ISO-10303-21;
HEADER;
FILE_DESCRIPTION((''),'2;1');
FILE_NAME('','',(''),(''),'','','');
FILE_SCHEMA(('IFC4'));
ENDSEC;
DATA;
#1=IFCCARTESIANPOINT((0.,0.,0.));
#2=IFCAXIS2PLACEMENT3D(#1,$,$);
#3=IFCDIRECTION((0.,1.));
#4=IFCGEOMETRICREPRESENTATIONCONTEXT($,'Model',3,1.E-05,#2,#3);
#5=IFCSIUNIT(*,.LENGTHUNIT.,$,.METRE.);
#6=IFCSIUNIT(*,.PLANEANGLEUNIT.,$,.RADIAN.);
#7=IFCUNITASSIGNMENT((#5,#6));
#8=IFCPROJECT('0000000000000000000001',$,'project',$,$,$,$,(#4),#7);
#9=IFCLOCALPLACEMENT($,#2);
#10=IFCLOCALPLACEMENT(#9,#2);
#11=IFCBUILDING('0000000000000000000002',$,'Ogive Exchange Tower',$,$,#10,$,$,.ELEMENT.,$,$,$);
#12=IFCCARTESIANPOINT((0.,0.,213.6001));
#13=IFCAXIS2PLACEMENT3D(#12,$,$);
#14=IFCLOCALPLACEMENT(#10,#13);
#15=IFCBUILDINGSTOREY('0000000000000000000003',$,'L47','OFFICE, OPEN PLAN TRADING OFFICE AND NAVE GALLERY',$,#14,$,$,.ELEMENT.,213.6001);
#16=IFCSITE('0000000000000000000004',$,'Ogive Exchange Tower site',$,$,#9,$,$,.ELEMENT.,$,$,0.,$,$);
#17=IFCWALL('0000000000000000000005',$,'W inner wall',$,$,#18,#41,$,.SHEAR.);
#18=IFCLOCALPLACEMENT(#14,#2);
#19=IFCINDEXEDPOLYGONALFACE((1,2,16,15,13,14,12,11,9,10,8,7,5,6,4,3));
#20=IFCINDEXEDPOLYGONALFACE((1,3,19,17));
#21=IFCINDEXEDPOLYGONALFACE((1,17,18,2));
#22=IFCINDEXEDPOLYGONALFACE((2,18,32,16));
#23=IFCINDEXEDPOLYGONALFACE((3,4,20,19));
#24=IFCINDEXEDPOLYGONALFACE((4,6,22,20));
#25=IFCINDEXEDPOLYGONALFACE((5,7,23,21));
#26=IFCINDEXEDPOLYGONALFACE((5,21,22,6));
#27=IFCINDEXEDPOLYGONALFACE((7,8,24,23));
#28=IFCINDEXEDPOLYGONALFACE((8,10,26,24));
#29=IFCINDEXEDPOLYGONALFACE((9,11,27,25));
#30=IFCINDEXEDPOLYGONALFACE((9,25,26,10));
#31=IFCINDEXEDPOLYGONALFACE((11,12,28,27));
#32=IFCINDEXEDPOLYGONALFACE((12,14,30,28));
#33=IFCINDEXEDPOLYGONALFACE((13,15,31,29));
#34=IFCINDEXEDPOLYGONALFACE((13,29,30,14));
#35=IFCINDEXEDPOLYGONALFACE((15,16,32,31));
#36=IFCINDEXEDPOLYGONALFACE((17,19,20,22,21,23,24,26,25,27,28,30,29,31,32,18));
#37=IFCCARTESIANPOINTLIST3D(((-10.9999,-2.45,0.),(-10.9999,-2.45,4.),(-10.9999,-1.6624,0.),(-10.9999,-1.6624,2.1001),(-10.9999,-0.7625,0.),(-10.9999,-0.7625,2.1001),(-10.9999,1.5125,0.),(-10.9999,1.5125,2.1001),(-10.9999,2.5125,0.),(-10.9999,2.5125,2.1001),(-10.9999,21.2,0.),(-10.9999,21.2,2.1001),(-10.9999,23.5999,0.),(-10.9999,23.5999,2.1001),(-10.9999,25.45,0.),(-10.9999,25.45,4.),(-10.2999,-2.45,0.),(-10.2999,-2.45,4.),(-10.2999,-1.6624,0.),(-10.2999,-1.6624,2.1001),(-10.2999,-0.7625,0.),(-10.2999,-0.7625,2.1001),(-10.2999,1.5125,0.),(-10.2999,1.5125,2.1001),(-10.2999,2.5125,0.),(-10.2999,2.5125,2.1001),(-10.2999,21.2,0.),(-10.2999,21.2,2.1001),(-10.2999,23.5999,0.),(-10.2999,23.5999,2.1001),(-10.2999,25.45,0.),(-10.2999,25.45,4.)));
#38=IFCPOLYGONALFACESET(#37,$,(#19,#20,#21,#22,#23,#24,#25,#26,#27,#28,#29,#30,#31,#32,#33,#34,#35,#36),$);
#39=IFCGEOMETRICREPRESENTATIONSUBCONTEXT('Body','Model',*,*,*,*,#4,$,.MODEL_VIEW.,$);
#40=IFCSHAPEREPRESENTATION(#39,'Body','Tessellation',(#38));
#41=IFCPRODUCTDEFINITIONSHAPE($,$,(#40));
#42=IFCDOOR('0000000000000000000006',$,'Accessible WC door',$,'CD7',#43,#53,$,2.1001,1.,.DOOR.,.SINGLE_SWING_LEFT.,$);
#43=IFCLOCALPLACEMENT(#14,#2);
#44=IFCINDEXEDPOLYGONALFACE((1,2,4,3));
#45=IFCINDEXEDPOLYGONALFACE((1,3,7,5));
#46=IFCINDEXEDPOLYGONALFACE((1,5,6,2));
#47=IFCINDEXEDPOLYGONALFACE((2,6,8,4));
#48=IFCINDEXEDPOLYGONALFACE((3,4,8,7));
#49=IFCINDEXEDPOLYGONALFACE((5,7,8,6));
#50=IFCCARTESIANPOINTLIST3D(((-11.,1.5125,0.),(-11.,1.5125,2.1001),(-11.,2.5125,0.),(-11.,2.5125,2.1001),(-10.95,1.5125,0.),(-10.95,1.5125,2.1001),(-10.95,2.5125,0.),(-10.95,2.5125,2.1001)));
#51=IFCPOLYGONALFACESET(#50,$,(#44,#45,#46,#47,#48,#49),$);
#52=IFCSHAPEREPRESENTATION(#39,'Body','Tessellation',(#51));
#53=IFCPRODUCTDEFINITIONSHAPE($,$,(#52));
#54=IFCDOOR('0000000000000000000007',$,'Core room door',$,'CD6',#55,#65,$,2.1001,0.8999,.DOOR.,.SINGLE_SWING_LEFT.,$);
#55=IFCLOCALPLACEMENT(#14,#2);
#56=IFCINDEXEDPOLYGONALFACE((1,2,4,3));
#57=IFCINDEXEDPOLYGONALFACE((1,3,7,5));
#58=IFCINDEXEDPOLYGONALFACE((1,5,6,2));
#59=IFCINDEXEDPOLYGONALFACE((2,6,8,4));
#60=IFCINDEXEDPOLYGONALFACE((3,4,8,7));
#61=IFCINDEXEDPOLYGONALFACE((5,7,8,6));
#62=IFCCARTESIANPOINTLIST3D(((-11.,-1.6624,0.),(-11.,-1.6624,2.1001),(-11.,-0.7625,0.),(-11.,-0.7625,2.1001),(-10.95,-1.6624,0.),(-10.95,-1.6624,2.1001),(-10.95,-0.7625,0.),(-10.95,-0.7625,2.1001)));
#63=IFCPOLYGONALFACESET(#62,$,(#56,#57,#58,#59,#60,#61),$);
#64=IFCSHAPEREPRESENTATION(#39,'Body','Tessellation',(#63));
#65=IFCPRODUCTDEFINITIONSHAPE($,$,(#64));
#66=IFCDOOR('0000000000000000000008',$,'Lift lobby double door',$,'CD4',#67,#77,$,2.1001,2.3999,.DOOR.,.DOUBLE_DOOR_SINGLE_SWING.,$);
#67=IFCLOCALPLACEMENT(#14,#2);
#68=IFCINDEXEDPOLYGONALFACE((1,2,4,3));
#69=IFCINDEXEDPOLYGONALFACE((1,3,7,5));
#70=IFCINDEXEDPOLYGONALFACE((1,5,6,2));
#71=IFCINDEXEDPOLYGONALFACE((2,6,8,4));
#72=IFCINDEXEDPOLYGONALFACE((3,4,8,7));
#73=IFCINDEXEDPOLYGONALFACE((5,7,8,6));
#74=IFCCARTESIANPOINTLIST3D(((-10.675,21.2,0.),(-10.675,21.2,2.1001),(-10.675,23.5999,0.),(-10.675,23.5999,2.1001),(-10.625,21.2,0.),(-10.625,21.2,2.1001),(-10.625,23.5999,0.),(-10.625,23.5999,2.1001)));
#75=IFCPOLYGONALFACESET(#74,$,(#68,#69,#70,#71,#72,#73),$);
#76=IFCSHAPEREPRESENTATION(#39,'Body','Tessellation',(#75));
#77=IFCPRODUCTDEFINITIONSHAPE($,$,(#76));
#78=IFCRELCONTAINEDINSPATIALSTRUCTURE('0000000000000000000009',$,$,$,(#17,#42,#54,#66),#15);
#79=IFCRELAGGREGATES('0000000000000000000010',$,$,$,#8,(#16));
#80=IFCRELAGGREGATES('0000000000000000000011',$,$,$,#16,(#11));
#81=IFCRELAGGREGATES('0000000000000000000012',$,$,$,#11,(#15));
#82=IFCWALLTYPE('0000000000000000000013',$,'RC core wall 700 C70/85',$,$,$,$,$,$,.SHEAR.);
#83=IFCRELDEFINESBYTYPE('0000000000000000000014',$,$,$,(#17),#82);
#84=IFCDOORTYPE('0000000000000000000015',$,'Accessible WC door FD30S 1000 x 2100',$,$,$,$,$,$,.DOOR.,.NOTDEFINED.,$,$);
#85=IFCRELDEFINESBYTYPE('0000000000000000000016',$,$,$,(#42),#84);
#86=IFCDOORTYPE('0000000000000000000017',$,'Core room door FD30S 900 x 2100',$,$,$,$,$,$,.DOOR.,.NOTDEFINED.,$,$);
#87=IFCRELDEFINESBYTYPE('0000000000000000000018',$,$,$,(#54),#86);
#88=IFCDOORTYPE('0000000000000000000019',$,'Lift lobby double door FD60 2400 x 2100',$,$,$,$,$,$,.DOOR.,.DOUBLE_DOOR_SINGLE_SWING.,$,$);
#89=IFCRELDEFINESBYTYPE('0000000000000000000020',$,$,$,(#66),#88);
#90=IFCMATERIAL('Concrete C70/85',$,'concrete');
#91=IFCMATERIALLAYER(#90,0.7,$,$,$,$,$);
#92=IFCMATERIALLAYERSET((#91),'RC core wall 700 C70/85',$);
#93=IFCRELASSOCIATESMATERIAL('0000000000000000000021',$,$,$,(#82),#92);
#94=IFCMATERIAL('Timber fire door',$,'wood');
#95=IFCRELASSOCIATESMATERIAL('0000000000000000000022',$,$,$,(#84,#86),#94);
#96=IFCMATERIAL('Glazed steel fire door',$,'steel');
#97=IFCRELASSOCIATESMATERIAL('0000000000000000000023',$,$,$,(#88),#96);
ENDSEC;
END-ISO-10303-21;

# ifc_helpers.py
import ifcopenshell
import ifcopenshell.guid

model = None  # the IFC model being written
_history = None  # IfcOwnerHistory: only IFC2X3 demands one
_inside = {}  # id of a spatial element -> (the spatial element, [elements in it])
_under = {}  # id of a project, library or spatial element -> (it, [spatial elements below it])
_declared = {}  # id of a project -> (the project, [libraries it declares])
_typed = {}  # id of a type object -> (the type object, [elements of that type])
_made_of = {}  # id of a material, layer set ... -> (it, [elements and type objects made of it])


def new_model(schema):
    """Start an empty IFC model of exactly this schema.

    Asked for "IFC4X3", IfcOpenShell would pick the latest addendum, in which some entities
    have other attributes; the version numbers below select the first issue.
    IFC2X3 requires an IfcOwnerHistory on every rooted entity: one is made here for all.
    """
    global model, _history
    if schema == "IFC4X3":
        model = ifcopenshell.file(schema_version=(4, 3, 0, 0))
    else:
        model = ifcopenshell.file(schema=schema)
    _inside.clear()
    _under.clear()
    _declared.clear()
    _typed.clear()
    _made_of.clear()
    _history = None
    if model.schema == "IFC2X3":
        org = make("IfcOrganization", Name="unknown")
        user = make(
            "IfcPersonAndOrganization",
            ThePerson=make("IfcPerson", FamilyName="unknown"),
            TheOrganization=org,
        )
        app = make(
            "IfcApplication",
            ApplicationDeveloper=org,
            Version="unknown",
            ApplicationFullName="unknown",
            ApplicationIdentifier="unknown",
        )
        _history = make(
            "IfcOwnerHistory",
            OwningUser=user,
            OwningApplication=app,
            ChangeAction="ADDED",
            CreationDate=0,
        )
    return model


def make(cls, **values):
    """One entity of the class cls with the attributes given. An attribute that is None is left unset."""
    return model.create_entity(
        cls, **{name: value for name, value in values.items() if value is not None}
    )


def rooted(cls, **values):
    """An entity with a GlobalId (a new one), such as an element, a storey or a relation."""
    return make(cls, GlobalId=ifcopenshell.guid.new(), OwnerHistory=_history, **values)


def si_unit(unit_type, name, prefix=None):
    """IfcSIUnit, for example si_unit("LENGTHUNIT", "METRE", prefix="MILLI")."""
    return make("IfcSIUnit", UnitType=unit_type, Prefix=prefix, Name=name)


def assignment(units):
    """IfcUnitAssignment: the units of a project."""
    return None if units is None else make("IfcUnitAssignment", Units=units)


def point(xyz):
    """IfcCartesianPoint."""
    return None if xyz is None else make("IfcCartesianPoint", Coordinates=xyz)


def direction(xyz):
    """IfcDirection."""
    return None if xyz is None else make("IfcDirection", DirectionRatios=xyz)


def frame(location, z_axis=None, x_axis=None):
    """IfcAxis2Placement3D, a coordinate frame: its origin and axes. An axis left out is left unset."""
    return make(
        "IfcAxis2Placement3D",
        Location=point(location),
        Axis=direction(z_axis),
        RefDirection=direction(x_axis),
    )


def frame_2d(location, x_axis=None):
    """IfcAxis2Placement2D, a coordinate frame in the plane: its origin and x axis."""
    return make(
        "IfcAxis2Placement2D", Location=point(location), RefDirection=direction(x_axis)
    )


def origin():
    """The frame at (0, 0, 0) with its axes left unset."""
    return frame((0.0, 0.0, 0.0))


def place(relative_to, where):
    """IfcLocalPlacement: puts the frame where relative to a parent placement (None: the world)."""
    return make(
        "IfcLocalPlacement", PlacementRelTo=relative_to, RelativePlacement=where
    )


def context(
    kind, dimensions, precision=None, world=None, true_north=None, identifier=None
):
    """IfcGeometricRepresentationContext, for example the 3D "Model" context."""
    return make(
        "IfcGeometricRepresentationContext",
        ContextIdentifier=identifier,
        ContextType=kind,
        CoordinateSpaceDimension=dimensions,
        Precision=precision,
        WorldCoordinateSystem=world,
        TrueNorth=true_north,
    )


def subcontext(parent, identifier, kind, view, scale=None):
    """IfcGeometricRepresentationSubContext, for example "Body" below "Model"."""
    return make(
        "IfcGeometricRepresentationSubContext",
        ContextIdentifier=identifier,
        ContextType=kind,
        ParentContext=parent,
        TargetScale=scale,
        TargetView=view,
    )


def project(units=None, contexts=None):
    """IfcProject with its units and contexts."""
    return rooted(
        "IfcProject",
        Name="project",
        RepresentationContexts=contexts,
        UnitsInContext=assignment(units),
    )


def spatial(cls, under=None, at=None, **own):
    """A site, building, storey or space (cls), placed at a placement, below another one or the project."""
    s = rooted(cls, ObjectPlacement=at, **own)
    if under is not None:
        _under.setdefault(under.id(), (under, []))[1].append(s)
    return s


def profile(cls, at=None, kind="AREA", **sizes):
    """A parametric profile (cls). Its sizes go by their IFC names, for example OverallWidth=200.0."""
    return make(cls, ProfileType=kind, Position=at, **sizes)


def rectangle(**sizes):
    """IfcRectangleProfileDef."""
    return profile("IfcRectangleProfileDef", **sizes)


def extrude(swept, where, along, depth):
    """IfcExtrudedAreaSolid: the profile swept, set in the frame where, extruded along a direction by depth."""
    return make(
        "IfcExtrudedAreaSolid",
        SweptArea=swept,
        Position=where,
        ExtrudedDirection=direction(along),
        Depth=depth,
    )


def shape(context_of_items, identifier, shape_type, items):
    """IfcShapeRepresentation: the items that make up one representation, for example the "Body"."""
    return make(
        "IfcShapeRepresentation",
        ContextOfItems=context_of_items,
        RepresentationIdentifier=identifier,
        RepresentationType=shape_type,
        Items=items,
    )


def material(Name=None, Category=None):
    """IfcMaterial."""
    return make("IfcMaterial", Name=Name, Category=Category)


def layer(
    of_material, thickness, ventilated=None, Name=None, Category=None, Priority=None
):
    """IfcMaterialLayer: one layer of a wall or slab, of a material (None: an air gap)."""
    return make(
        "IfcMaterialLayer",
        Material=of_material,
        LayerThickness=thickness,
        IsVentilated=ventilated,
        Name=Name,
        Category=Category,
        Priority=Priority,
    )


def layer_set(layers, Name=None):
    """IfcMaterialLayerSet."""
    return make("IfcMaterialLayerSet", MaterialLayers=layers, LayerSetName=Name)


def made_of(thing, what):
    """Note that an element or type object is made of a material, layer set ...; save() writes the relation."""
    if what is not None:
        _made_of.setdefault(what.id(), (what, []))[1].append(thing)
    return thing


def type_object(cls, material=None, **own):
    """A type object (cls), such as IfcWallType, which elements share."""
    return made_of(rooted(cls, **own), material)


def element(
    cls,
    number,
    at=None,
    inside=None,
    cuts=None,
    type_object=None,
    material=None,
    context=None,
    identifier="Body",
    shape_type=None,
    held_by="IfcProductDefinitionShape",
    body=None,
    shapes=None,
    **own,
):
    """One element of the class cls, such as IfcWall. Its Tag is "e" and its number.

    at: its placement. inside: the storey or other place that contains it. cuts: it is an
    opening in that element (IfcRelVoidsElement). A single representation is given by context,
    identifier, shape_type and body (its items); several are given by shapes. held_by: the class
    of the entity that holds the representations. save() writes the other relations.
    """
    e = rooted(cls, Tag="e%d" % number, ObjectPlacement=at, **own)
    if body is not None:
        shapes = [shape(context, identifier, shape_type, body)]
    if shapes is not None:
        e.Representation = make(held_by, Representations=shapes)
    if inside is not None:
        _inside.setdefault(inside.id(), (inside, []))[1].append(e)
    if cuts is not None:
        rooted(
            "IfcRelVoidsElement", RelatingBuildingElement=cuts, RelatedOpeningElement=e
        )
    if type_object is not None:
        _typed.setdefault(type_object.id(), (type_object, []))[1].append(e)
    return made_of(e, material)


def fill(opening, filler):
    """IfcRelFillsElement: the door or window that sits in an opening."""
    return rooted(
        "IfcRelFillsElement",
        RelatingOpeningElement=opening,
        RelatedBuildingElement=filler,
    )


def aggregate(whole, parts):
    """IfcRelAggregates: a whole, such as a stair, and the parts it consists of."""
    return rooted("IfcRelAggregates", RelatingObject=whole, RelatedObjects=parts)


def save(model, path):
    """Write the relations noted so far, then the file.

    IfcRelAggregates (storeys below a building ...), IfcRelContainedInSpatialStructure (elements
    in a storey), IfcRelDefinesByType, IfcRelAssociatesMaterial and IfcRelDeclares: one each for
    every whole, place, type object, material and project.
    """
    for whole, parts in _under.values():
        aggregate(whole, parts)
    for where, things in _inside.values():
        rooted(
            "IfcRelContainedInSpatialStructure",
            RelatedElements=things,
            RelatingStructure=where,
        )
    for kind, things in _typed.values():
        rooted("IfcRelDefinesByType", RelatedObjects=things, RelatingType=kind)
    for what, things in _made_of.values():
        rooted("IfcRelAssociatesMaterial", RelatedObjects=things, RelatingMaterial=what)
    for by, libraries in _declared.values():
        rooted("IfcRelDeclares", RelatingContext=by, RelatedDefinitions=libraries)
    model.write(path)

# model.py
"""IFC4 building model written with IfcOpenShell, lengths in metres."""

from ifc_helpers import new_model, si_unit, direction, frame, frame_2d, origin, place, context, subcontext, project, spatial, rectangle, extrude, material, layer, layer_set, type_object, element, fill, save


model = new_model("IFC4")

# Units and contexts
model_context = context("Model", 3, precision=1e-05, world=origin(), true_north=direction((0.0, 1.0)))
body_context = subcontext(model_context, "Body", "Model", "MODEL_VIEW")
ifc_project = project(units=[si_unit("LENGTHUNIT", "METRE"), si_unit("PLANEANGLEUNIT", "RADIAN")], contexts=[model_context])

# Site, building, storey
site_placement = place(None, origin())
site = spatial("IfcSite", under=ifc_project, at=site_placement, Name="Ogive Exchange Tower site", CompositionType="ELEMENT", RefElevation=0.0)
building_placement = place(site_placement, origin())
building = spatial("IfcBuilding", under=site, at=building_placement, Name="Ogive Exchange Tower", CompositionType="ELEMENT")
storey_placement = place(building_placement, frame((0.0, 0.0, 213.6001)))
storey = spatial("IfcBuildingStorey", under=building, at=storey_placement, Name="L47", Description="OFFICE, OPEN PLAN TRADING OFFICE AND NAVE GALLERY", CompositionType="ELEMENT", Elevation=213.6001)

# Shared definitions
ifc_material_1 = material(Name="Concrete C70/85", Category="concrete")

# Wall, openings, doors
ifc_layer_1 = layer(ifc_material_1, 0.7)
ifc_layer_set_1 = layer_set([ifc_layer_1], Name="RC core wall 700 C70/85")
wall_type_1 = type_object("IfcWallType", Name="RC core wall 700 C70/85", PredefinedType="SHEAR", material=ifc_layer_set_1)
wall_1_placement = place(storey_placement, frame((-10.6499, -2.45, 0.0), z_axis=(0.0, 0.0, 1.0), x_axis=(0.0, 1.0, 0.0)))
wall_1 = element("IfcWall", 1, at=wall_1_placement, inside=storey, type_object=wall_type_1, Name="W inner wall", PredefinedType="SHEAR", context=body_context, shape_type="SweptSolid", body=[
    extrude(rectangle(XDim=27.8999, YDim=0.7, at=frame_2d((13.95, 0.0))), origin(), (0.0, 0.0, 1.0), 4.0),
])
opening_1_placement = place(wall_1_placement, frame((23.6499, 0.0, 0.0)))
opening_1 = element("IfcOpeningElement", 2, at=opening_1_placement, cuts=wall_1, PredefinedType="OPENING", context=body_context, shape_type="SweptSolid", body=[
    extrude(rectangle(XDim=2.3999, YDim=2.1001, at=frame_2d((1.2, 1.05))), frame((0.0, 0.3599, 0.0), z_axis=(0.0, -1.0, 0.0), x_axis=(1.0, 0.0, 0.0)), (0.0, 0.0, 1.0), 0.72),
])
opening_2_placement = place(wall_1_placement, frame((0.7876, 0.0, 0.0)))
opening_2 = element("IfcOpeningElement", 3, at=opening_2_placement, cuts=wall_1, PredefinedType="OPENING", context=body_context, shape_type="SweptSolid", body=[
    extrude(rectangle(XDim=0.8999, YDim=2.1001, at=frame_2d((0.45, 1.05))), frame((0.0, 0.3599, 0.0), z_axis=(0.0, -1.0, 0.0), x_axis=(1.0, 0.0, 0.0)), (0.0, 0.0, 1.0), 0.72),
])
opening_3_placement = place(wall_1_placement, frame((3.9624, 0.0, 0.0)))
opening_3 = element("IfcOpeningElement", 4, at=opening_3_placement, cuts=wall_1, PredefinedType="OPENING", context=body_context, shape_type="SweptSolid", body=[
    extrude(rectangle(XDim=1.0, YDim=2.1001, at=frame_2d((0.5, 1.05))), frame((0.0, 0.3599, 0.0), z_axis=(0.0, -1.0, 0.0), x_axis=(1.0, 0.0, 0.0)), (0.0, 0.0, 1.0), 0.72),
])
ifc_material_2 = material(Name="Timber fire door", Category="wood")
door_type_1 = type_object("IfcDoorType", Name="Accessible WC door FD30S 1000 x 2100", OperationType="NOTDEFINED", PredefinedType="DOOR", material=ifc_material_2)
door_1_placement = place(opening_3_placement, origin())
door_1 = element("IfcDoor", 5, at=door_1_placement, inside=storey, type_object=door_type_1, Name="Accessible WC door", ObjectType="CD7", OperationType="SINGLE_SWING_LEFT", OverallHeight=2.1001, OverallWidth=1.0, PredefinedType="DOOR", context=body_context, shape_type="SweptSolid", body=[
    extrude(rectangle(XDim=1.0, YDim=2.1001, at=frame_2d((0.5, 1.05))), frame((0.0, 0.3501, 0.0), z_axis=(0.0, -1.0, 0.0), x_axis=(1.0, 0.0, 0.0)), (0.0, 0.0, 1.0), 0.05),
])
fill(opening_3, door_1)
door_type_2 = type_object("IfcDoorType", Name="Core room door FD30S 900 x 2100", OperationType="NOTDEFINED", PredefinedType="DOOR", material=ifc_material_2)
door_2_placement = place(opening_2_placement, origin())
door_2 = element("IfcDoor", 6, at=door_2_placement, inside=storey, type_object=door_type_2, Name="Core room door", ObjectType="CD6", OperationType="SINGLE_SWING_LEFT", OverallHeight=2.1001, OverallWidth=0.8999, PredefinedType="DOOR", context=body_context, shape_type="SweptSolid", body=[
    extrude(rectangle(XDim=0.8999, YDim=2.1001, at=frame_2d((0.45, 1.05))), frame((0.0, 0.3501, 0.0), z_axis=(0.0, -1.0, 0.0), x_axis=(1.0, 0.0, 0.0)), (0.0, 0.0, 1.0), 0.05),
])
fill(opening_2, door_2)
ifc_material_3 = material(Name="Glazed steel fire door", Category="steel")
door_type_3 = type_object("IfcDoorType", Name="Lift lobby double door FD60 2400 x 2100", OperationType="DOUBLE_DOOR_SINGLE_SWING", PredefinedType="DOOR", material=ifc_material_3)
door_3_placement = place(opening_1_placement, frame((2.3999, 0.0, 0.0), z_axis=(0.0, 0.0, 1.0), x_axis=(-1.0, 0.0, 0.0)))
door_3 = element("IfcDoor", 7, at=door_3_placement, inside=storey, type_object=door_type_3, Name="Lift lobby double door", ObjectType="CD4", OperationType="DOUBLE_DOOR_SINGLE_SWING", OverallHeight=2.1001, OverallWidth=2.3999, PredefinedType="DOOR", context=body_context, shape_type="SweptSolid", body=[
    extrude(rectangle(XDim=2.3999, YDim=2.1001, at=frame_2d((1.2, 1.05))), frame((0.0, 0.0249, 0.0), z_axis=(0.0, -1.0, 0.0), x_axis=(1.0, 0.0, 0.0)), (0.0, 0.0, 1.0), 0.05),
])
fill(opening_1, door_3)

save(model, "model.ifc")
